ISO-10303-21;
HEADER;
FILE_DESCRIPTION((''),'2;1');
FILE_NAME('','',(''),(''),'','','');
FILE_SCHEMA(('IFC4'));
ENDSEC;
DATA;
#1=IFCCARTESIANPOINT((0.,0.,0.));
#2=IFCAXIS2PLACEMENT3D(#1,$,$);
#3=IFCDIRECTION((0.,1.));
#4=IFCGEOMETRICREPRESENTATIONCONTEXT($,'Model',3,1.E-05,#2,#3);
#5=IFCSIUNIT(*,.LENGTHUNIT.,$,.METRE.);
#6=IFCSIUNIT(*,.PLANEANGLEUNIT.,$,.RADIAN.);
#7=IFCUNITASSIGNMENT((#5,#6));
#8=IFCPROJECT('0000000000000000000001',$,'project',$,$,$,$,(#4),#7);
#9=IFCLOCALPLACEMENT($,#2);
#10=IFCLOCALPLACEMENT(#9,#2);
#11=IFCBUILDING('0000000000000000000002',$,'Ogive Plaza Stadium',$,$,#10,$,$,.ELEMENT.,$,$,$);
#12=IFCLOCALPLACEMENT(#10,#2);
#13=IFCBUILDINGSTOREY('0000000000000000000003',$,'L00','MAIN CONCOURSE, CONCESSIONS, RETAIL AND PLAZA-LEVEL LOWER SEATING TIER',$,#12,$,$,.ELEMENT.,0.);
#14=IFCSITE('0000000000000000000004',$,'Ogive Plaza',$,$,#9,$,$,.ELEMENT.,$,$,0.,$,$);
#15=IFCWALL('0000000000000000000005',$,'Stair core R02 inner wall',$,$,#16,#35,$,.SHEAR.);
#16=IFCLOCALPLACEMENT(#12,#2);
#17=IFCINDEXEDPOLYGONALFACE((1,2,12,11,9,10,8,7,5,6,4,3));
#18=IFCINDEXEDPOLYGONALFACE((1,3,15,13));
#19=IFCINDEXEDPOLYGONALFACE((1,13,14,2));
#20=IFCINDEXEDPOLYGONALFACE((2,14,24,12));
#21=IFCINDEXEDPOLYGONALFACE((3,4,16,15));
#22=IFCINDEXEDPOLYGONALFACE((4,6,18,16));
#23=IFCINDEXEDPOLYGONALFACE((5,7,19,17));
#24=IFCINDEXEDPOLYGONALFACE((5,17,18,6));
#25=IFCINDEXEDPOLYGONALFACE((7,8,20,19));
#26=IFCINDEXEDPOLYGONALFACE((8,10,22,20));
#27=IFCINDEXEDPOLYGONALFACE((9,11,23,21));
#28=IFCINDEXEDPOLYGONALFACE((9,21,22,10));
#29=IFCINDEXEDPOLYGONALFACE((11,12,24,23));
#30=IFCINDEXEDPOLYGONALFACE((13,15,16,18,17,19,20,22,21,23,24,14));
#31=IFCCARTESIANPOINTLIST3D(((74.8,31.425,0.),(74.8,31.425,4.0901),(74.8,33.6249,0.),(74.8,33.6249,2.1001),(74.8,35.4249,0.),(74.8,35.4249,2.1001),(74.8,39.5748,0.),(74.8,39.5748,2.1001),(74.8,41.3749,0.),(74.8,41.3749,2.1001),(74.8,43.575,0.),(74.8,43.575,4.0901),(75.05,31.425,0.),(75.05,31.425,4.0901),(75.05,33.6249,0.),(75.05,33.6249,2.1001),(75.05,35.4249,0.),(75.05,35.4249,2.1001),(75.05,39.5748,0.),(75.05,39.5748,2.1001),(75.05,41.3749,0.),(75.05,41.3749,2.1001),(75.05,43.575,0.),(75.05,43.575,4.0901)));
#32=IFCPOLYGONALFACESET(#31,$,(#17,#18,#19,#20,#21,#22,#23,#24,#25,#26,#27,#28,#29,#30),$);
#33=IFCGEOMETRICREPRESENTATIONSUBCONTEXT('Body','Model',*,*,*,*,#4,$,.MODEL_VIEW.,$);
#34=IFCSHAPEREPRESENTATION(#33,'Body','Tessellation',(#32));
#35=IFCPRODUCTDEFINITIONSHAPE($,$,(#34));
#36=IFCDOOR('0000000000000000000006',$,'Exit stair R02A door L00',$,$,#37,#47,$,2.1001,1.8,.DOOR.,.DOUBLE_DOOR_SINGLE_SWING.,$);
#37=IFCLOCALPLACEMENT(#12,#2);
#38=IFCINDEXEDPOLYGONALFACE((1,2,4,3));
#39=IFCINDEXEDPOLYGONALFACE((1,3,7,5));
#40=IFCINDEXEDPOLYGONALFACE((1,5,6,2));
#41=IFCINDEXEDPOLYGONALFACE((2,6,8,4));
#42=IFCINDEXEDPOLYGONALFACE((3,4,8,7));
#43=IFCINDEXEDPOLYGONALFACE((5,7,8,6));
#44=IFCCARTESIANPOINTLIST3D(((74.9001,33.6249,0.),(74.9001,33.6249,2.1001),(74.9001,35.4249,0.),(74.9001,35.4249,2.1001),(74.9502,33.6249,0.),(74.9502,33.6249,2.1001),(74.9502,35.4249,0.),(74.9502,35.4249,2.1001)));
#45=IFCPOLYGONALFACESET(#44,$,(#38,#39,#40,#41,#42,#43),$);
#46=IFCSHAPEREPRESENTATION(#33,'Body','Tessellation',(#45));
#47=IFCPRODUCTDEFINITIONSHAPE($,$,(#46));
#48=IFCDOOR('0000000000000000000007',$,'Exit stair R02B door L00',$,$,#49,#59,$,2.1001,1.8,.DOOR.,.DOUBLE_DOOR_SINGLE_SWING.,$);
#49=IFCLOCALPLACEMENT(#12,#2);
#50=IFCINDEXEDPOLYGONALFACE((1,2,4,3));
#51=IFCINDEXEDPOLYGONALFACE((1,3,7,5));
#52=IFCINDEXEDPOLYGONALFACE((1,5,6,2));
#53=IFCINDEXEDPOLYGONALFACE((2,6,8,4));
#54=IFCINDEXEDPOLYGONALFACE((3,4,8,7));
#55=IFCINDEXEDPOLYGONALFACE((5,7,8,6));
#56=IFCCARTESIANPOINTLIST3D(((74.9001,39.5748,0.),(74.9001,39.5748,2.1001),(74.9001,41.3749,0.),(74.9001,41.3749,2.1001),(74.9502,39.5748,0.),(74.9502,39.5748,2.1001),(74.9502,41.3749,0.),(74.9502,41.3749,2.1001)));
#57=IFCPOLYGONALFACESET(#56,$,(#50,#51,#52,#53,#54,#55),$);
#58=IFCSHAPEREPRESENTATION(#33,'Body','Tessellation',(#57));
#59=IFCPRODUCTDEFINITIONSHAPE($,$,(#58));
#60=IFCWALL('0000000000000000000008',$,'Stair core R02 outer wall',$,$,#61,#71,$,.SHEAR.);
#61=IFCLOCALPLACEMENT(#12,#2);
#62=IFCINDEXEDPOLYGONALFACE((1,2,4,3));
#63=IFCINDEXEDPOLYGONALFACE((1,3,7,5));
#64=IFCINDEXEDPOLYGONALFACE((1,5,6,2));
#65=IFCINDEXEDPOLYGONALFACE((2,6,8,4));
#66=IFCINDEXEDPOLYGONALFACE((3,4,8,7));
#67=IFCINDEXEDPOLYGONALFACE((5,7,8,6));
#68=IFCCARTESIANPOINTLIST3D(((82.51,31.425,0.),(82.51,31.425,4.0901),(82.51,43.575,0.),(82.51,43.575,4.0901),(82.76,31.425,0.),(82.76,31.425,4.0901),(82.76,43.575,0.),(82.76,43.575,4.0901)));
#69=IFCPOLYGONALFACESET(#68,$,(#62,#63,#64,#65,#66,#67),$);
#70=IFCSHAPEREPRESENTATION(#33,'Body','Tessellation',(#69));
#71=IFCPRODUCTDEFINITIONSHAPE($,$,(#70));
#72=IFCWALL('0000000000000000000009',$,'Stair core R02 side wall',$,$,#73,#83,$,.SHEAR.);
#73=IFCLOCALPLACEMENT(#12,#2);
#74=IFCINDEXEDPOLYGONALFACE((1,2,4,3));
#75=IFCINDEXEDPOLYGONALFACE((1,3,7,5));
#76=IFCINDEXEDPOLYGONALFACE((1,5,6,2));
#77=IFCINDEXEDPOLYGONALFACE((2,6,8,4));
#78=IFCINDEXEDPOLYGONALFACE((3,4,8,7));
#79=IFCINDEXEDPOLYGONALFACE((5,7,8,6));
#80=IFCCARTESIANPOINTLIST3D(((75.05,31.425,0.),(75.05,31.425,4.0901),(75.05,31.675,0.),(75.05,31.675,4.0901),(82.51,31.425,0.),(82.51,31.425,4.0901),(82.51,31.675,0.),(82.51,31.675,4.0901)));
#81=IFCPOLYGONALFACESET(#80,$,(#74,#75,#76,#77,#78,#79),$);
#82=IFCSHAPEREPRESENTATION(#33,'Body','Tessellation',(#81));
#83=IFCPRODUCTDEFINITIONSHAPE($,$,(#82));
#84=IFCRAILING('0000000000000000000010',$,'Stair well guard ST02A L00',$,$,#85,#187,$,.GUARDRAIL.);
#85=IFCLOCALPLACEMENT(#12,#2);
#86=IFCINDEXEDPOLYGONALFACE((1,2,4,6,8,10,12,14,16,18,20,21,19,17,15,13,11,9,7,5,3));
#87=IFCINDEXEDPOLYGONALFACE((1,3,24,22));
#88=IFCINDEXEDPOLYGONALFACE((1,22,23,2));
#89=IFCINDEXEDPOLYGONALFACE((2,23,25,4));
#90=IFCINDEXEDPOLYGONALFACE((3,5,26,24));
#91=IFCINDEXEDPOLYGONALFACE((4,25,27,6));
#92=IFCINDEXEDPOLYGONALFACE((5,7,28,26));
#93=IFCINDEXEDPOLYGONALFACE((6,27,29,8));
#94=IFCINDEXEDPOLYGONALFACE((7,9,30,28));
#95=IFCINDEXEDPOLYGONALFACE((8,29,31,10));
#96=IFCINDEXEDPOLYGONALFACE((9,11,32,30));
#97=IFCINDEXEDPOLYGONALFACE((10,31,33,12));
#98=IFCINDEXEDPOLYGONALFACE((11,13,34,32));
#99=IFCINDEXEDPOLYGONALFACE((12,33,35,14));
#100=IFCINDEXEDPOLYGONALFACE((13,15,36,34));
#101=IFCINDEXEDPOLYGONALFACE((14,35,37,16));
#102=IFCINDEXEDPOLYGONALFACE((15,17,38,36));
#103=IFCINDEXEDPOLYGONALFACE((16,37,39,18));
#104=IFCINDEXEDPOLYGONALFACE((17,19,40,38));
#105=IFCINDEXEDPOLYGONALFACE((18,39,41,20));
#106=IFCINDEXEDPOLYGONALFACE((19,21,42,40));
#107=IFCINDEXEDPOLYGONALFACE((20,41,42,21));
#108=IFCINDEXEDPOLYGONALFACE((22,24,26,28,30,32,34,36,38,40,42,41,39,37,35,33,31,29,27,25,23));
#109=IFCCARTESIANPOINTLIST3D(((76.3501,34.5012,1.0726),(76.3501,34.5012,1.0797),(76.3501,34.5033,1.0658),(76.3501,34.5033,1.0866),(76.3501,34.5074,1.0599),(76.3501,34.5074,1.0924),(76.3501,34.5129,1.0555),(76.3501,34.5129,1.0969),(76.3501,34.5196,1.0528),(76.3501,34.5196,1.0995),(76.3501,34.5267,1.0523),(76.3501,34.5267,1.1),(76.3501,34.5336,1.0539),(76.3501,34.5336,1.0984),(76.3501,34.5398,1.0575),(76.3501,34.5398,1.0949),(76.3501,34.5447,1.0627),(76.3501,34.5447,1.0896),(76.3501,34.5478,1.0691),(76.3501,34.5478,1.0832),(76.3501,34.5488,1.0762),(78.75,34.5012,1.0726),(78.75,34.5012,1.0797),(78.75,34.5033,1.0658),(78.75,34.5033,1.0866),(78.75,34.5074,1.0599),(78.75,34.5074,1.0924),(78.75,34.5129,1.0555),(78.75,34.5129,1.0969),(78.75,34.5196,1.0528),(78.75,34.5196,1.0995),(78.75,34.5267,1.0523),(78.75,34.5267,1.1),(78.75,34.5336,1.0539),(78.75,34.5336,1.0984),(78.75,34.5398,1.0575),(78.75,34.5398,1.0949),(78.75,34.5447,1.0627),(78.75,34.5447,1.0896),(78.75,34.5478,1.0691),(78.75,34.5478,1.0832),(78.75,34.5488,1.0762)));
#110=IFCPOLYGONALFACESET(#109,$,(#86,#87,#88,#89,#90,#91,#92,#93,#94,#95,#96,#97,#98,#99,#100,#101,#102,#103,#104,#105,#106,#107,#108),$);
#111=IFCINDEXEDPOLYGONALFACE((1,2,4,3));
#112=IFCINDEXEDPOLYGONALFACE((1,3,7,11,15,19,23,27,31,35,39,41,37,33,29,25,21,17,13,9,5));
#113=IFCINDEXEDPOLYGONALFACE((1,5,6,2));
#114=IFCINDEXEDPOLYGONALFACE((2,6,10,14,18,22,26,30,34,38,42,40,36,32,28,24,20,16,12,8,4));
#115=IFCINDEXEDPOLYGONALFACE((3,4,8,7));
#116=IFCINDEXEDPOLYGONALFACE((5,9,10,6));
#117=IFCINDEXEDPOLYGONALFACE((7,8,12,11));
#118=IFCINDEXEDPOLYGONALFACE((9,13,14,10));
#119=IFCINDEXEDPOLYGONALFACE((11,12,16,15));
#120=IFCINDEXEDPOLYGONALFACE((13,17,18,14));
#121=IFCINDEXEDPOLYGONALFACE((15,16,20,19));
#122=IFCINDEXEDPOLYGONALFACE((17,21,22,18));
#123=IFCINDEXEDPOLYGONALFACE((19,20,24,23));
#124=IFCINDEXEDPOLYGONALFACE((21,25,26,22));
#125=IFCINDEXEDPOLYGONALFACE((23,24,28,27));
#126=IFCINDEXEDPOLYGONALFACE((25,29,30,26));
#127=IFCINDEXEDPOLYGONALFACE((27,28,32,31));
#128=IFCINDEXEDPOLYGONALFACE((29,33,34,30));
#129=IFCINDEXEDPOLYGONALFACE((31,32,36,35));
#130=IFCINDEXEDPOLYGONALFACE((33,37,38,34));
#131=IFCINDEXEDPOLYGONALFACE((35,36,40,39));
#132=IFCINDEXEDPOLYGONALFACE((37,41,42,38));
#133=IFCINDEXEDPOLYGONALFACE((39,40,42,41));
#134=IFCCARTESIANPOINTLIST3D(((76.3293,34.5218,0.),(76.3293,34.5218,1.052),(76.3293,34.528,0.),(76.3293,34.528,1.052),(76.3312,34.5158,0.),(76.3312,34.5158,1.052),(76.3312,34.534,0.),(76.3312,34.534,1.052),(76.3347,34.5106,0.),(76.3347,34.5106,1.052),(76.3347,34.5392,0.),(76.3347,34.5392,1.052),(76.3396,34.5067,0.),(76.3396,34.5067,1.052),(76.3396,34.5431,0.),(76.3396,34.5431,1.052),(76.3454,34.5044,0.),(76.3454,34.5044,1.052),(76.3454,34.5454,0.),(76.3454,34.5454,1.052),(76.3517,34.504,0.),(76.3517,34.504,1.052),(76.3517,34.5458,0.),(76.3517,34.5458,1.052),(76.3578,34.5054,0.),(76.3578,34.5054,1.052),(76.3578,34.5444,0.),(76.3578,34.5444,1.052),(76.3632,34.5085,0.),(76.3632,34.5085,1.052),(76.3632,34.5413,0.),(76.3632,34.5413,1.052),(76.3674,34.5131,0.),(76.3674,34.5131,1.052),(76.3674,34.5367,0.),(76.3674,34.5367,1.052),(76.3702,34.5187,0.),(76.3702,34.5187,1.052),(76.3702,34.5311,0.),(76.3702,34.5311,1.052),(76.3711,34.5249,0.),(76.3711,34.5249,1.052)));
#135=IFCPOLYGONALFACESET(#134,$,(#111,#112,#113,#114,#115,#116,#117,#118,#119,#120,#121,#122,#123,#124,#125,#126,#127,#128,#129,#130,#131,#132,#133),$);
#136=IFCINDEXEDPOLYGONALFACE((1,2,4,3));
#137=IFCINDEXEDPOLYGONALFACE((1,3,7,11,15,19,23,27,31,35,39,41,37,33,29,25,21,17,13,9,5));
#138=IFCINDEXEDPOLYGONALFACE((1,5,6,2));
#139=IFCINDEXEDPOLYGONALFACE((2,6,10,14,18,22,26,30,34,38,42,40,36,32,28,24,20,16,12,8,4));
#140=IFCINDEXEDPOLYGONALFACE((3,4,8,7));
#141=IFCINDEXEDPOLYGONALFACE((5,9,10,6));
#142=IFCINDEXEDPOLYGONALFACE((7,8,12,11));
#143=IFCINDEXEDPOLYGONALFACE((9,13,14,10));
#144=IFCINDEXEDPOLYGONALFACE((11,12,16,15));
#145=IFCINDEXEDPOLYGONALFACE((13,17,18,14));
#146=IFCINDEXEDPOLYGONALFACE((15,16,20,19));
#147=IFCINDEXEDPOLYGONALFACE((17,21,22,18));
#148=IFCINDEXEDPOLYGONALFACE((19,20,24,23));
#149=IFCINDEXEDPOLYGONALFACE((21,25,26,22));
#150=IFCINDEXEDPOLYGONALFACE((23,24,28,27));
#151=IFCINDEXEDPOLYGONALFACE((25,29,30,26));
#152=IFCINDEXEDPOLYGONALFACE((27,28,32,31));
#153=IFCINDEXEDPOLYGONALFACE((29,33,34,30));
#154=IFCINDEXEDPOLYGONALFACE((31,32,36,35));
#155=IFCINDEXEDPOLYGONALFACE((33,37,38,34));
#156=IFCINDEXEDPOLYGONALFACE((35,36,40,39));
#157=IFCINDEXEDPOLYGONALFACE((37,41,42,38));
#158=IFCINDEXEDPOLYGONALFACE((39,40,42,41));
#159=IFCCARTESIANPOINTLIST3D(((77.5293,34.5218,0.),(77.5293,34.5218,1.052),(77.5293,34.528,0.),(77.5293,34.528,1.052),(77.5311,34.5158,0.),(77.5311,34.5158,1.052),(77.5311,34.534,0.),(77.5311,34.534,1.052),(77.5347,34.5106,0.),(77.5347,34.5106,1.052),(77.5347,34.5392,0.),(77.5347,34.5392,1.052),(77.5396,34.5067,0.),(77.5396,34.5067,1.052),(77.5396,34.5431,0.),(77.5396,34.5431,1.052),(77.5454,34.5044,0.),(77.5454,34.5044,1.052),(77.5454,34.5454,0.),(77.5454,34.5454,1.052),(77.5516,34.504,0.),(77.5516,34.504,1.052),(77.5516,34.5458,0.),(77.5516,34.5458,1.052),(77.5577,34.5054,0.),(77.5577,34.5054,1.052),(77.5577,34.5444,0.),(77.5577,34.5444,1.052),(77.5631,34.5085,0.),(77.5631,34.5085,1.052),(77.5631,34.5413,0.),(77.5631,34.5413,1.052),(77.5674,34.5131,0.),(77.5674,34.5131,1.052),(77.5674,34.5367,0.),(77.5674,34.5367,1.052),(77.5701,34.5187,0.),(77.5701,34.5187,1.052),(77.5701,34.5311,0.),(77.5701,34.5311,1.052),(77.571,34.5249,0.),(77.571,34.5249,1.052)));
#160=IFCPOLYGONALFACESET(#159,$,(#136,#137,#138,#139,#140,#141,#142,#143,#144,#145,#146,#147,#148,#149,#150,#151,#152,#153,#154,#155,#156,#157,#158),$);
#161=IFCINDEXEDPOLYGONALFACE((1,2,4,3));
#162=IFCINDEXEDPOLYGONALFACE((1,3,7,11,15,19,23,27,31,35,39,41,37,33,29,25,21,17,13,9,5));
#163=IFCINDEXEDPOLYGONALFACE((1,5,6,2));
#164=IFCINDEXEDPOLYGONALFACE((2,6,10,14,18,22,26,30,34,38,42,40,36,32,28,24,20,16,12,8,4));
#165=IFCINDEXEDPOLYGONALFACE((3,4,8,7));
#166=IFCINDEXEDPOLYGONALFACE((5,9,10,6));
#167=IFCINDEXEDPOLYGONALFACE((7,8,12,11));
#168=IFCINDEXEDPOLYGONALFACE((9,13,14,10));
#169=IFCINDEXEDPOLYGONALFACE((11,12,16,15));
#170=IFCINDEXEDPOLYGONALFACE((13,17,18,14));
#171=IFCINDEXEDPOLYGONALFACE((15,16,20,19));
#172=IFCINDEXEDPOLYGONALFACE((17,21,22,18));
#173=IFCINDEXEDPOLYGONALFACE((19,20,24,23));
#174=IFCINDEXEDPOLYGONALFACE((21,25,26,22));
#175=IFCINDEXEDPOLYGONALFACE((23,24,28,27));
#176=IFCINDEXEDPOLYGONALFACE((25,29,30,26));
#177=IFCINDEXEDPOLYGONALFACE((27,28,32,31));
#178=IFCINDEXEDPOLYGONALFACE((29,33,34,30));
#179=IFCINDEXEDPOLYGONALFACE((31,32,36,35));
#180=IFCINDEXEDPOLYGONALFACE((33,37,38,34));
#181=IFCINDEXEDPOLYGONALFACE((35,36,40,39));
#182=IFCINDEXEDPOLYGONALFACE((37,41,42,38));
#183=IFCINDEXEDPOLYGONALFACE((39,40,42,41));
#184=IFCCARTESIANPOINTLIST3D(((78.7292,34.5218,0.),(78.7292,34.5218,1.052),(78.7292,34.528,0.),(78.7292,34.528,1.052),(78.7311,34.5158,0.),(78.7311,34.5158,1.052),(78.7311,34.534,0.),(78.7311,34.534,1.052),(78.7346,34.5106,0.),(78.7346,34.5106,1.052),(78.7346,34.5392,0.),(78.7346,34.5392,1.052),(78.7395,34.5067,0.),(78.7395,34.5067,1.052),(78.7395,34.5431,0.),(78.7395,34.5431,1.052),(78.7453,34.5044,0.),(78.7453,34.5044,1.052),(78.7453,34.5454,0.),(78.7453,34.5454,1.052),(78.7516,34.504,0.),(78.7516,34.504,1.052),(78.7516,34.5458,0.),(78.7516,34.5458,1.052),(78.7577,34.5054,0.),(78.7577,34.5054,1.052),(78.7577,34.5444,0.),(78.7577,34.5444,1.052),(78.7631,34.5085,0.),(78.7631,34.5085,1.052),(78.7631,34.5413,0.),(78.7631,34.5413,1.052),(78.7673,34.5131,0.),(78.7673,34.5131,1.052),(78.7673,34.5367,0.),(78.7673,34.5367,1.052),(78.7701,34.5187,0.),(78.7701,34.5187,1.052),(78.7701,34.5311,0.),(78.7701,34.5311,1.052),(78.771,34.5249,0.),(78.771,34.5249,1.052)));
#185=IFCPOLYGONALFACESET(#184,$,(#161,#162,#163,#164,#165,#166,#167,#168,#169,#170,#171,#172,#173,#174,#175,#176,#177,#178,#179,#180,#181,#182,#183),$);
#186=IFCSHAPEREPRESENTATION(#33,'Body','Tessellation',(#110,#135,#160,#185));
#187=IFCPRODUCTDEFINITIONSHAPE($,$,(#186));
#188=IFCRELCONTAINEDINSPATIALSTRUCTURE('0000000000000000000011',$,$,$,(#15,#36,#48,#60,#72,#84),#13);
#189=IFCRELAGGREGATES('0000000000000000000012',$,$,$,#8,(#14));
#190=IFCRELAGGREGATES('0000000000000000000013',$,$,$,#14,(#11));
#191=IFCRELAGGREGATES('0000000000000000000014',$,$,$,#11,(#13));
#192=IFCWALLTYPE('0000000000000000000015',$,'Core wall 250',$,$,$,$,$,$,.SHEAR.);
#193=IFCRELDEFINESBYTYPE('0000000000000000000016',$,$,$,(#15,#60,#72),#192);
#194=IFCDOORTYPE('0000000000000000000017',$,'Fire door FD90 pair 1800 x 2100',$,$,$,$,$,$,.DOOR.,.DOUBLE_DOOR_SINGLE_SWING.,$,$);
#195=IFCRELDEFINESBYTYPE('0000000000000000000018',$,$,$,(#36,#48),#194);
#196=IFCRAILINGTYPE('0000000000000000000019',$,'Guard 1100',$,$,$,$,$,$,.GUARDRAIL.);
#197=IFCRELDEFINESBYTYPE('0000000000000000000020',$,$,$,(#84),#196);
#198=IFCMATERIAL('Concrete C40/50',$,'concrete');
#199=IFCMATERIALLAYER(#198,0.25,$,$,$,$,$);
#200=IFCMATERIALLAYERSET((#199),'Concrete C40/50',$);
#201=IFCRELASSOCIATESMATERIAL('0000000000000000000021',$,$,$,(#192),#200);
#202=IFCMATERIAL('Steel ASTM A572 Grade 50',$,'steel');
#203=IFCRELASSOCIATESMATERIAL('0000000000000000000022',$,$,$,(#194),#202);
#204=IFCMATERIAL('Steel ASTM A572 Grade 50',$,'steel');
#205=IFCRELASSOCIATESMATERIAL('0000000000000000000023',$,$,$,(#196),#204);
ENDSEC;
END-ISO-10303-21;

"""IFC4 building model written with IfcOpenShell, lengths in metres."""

from ifc_helpers import new_model, si_unit, direction, frame, frame_2d, origin, origin_2d, place, context, subcontext, project, spatial, rectangle, circle, extrude, material, layer, layer_set, type_object, element, fill, save


model = new_model("IFC4")

# Units and contexts
model_context = context("Model", 3, precision=1e-05, world=origin(), true_north=direction((0.0, 1.0)))
body_context = subcontext(model_context, "Body", "Model", "MODEL_VIEW")
ifc_project = project(units=[si_unit("LENGTHUNIT", "METRE"), si_unit("PLANEANGLEUNIT", "RADIAN")], contexts=[model_context])

# Site, building, storey
site_placement = place(None, origin())
site = spatial("IfcSite", under=ifc_project, at=site_placement, Name="Ogive Plaza", CompositionType="ELEMENT", RefElevation=0.0)
building_placement = place(site_placement, origin())
building = spatial("IfcBuilding", under=site, at=building_placement, Name="Ogive Plaza Stadium", CompositionType="ELEMENT")
storey_placement = place(building_placement, origin())
storey = spatial("IfcBuildingStorey", under=building, at=storey_placement, Name="L00", Description="MAIN CONCOURSE, CONCESSIONS, RETAIL AND PLAZA-LEVEL LOWER SEATING TIER", CompositionType="ELEMENT", Elevation=0.0)

# Wall, openings, doors
ifc_material_1 = material(Name="Concrete C40/50", Category="concrete")
ifc_layer_1 = layer(ifc_material_1, 0.25)
ifc_layer_set_1 = layer_set([ifc_layer_1], Name="Concrete C40/50")
wall_type_1 = type_object("IfcWallType", Name="Core wall 250", PredefinedType="SHEAR", material=ifc_layer_set_1)
wall_1_placement = place(storey_placement, frame((74.925, 31.425, 0.0), z_axis=(0.0, 0.0, 1.0), x_axis=(0.0, 1.0, 0.0)))
wall_1 = element("IfcWall", 1, at=wall_1_placement, inside=storey, type_object=wall_type_1, Name="Stair core R02 inner wall", PredefinedType="SHEAR", context=body_context, shape_type="SweptSolid", body=[
    extrude(rectangle(XDim=12.1499, YDim=0.25, at=frame_2d((6.075, 0.0))), origin(), (0.0, 0.0, 1.0), 4.0901),
])
opening_1_placement = place(wall_1_placement, frame((2.2, 0.0, 0.0)))
opening_1 = element("IfcOpeningElement", 2, at=opening_1_placement, cuts=wall_1, PredefinedType="OPENING", context=body_context, shape_type="SweptSolid", body=[
    extrude(rectangle(XDim=1.8, YDim=2.1001, at=frame_2d((0.8999, 1.05))), frame((0.0, 0.125, 0.0), z_axis=(0.0, -1.0, 0.0), x_axis=(1.0, 0.0, 0.0)), (0.0, 0.0, 1.0), 0.25),
])
opening_2_placement = place(wall_1_placement, frame((8.1499, 0.0, 0.0)))
opening_2 = element("IfcOpeningElement", 3, at=opening_2_placement, cuts=wall_1, PredefinedType="OPENING", context=body_context, shape_type="SweptSolid", body=[
    extrude(rectangle(XDim=1.8, YDim=2.1001, at=frame_2d((0.8999, 1.05))), frame((0.0, 0.125, 0.0), z_axis=(0.0, -1.0, 0.0), x_axis=(1.0, 0.0, 0.0)), (0.0, 0.0, 1.0), 0.25),
])
ifc_material_2 = material(Name="Steel ASTM A572 Grade 50", Category="steel")
door_type_1 = type_object("IfcDoorType", Name="Fire door FD90 pair 1800 x 2100", OperationType="DOUBLE_DOOR_SINGLE_SWING", PredefinedType="DOOR", material=ifc_material_2)
door_1_placement = place(opening_1_placement, origin())
door_1 = element("IfcDoor", 4, at=door_1_placement, inside=storey, type_object=door_type_1, Name="Exit stair R02A door L00", OperationType="DOUBLE_DOOR_SINGLE_SWING", OverallHeight=2.1001, OverallWidth=1.8, PredefinedType="DOOR", context=body_context, shape_type="SweptSolid", body=[
    extrude(rectangle(XDim=1.8, YDim=2.1001, at=frame_2d((0.8999, 1.05))), frame((0.0, 0.0249, 0.0), z_axis=(0.0, -1.0, 0.0), x_axis=(1.0, 0.0, 0.0)), (0.0, 0.0, 1.0), 0.05),
])
fill(opening_1, door_1)
door_2_placement = place(opening_2_placement, origin())
door_2 = element("IfcDoor", 5, at=door_2_placement, inside=storey, type_object=door_type_1, Name="Exit stair R02B door L00", OperationType="DOUBLE_DOOR_SINGLE_SWING", OverallHeight=2.1001, OverallWidth=1.8, PredefinedType="DOOR", context=body_context, shape_type="SweptSolid", body=[
    extrude(rectangle(XDim=1.8, YDim=2.1001, at=frame_2d((0.8999, 1.05))), frame((0.0, 0.0249, 0.0), z_axis=(0.0, -1.0, 0.0), x_axis=(1.0, 0.0, 0.0)), (0.0, 0.0, 1.0), 0.05),
])
fill(opening_2, door_2)

# Walls
wall_2_placement = place(storey_placement, frame((82.635, 31.425, 0.0), z_axis=(0.0, 0.0, 1.0), x_axis=(0.0, 1.0, 0.0)))
element("IfcWall", 6, at=wall_2_placement, inside=storey, type_object=wall_type_1, Name="Stair core R02 outer wall", PredefinedType="SHEAR", context=body_context, shape_type="SweptSolid", body=[
    extrude(rectangle(XDim=12.1499, YDim=0.25, at=frame_2d((6.075, 0.0))), origin(), (0.0, 0.0, 1.0), 4.0901),
])
wall_3_placement = place(storey_placement, frame((75.05, 31.55, 0.0), z_axis=(0.0, 0.0, 1.0), x_axis=(1.0, 0.0, 0.0)))
element("IfcWall", 7, at=wall_3_placement, inside=storey, type_object=wall_type_1, Name="Stair core R02 side wall", PredefinedType="SHEAR", context=body_context, shape_type="SweptSolid", body=[
    extrude(rectangle(XDim=7.46, YDim=0.25, at=frame_2d((3.73, 0.0))), origin(), (0.0, 0.0, 1.0), 4.0901),
])

# Railing
ifc_material_3 = material(Name="Steel ASTM A572 Grade 50", Category="steel")
railing_type_1 = type_object("IfcRailingType", Name="Guard 1100", PredefinedType="GUARDRAIL", material=ifc_material_3)
for number, where, name in (
    (8, (76.3501, 34.5249, 0.0), "Stair well guard ST02A L00"),
):
    element("IfcRailing", number, at=place(storey_placement, frame(where)), inside=storey, type_object=railing_type_1, Name=name, PredefinedType="GUARDRAIL", context=body_context, shape_type="SweptSolid", body=[
        extrude(circle(Radius=0.0239, at=origin_2d()), frame((0.0, 0.0, 1.0762), z_axis=(1.0, 0.0, 0.0), x_axis=(0.0, 1.0, 0.0)), (0.0, 0.0, 1.0), 2.3999),
        extrude(circle(Radius=0.021, at=origin_2d()), origin(), (0.0, 0.0, 1.0), 1.052),
        extrude(circle(Radius=0.021, at=origin_2d()), frame((1.2, 0.0, 0.0)), (0.0, 0.0, 1.0), 1.052),
        extrude(circle(Radius=0.021, at=origin_2d()), frame((2.3999, 0.0, 0.0)), (0.0, 0.0, 1.0), 1.052),
    ])

save(model, "model.ifc")
